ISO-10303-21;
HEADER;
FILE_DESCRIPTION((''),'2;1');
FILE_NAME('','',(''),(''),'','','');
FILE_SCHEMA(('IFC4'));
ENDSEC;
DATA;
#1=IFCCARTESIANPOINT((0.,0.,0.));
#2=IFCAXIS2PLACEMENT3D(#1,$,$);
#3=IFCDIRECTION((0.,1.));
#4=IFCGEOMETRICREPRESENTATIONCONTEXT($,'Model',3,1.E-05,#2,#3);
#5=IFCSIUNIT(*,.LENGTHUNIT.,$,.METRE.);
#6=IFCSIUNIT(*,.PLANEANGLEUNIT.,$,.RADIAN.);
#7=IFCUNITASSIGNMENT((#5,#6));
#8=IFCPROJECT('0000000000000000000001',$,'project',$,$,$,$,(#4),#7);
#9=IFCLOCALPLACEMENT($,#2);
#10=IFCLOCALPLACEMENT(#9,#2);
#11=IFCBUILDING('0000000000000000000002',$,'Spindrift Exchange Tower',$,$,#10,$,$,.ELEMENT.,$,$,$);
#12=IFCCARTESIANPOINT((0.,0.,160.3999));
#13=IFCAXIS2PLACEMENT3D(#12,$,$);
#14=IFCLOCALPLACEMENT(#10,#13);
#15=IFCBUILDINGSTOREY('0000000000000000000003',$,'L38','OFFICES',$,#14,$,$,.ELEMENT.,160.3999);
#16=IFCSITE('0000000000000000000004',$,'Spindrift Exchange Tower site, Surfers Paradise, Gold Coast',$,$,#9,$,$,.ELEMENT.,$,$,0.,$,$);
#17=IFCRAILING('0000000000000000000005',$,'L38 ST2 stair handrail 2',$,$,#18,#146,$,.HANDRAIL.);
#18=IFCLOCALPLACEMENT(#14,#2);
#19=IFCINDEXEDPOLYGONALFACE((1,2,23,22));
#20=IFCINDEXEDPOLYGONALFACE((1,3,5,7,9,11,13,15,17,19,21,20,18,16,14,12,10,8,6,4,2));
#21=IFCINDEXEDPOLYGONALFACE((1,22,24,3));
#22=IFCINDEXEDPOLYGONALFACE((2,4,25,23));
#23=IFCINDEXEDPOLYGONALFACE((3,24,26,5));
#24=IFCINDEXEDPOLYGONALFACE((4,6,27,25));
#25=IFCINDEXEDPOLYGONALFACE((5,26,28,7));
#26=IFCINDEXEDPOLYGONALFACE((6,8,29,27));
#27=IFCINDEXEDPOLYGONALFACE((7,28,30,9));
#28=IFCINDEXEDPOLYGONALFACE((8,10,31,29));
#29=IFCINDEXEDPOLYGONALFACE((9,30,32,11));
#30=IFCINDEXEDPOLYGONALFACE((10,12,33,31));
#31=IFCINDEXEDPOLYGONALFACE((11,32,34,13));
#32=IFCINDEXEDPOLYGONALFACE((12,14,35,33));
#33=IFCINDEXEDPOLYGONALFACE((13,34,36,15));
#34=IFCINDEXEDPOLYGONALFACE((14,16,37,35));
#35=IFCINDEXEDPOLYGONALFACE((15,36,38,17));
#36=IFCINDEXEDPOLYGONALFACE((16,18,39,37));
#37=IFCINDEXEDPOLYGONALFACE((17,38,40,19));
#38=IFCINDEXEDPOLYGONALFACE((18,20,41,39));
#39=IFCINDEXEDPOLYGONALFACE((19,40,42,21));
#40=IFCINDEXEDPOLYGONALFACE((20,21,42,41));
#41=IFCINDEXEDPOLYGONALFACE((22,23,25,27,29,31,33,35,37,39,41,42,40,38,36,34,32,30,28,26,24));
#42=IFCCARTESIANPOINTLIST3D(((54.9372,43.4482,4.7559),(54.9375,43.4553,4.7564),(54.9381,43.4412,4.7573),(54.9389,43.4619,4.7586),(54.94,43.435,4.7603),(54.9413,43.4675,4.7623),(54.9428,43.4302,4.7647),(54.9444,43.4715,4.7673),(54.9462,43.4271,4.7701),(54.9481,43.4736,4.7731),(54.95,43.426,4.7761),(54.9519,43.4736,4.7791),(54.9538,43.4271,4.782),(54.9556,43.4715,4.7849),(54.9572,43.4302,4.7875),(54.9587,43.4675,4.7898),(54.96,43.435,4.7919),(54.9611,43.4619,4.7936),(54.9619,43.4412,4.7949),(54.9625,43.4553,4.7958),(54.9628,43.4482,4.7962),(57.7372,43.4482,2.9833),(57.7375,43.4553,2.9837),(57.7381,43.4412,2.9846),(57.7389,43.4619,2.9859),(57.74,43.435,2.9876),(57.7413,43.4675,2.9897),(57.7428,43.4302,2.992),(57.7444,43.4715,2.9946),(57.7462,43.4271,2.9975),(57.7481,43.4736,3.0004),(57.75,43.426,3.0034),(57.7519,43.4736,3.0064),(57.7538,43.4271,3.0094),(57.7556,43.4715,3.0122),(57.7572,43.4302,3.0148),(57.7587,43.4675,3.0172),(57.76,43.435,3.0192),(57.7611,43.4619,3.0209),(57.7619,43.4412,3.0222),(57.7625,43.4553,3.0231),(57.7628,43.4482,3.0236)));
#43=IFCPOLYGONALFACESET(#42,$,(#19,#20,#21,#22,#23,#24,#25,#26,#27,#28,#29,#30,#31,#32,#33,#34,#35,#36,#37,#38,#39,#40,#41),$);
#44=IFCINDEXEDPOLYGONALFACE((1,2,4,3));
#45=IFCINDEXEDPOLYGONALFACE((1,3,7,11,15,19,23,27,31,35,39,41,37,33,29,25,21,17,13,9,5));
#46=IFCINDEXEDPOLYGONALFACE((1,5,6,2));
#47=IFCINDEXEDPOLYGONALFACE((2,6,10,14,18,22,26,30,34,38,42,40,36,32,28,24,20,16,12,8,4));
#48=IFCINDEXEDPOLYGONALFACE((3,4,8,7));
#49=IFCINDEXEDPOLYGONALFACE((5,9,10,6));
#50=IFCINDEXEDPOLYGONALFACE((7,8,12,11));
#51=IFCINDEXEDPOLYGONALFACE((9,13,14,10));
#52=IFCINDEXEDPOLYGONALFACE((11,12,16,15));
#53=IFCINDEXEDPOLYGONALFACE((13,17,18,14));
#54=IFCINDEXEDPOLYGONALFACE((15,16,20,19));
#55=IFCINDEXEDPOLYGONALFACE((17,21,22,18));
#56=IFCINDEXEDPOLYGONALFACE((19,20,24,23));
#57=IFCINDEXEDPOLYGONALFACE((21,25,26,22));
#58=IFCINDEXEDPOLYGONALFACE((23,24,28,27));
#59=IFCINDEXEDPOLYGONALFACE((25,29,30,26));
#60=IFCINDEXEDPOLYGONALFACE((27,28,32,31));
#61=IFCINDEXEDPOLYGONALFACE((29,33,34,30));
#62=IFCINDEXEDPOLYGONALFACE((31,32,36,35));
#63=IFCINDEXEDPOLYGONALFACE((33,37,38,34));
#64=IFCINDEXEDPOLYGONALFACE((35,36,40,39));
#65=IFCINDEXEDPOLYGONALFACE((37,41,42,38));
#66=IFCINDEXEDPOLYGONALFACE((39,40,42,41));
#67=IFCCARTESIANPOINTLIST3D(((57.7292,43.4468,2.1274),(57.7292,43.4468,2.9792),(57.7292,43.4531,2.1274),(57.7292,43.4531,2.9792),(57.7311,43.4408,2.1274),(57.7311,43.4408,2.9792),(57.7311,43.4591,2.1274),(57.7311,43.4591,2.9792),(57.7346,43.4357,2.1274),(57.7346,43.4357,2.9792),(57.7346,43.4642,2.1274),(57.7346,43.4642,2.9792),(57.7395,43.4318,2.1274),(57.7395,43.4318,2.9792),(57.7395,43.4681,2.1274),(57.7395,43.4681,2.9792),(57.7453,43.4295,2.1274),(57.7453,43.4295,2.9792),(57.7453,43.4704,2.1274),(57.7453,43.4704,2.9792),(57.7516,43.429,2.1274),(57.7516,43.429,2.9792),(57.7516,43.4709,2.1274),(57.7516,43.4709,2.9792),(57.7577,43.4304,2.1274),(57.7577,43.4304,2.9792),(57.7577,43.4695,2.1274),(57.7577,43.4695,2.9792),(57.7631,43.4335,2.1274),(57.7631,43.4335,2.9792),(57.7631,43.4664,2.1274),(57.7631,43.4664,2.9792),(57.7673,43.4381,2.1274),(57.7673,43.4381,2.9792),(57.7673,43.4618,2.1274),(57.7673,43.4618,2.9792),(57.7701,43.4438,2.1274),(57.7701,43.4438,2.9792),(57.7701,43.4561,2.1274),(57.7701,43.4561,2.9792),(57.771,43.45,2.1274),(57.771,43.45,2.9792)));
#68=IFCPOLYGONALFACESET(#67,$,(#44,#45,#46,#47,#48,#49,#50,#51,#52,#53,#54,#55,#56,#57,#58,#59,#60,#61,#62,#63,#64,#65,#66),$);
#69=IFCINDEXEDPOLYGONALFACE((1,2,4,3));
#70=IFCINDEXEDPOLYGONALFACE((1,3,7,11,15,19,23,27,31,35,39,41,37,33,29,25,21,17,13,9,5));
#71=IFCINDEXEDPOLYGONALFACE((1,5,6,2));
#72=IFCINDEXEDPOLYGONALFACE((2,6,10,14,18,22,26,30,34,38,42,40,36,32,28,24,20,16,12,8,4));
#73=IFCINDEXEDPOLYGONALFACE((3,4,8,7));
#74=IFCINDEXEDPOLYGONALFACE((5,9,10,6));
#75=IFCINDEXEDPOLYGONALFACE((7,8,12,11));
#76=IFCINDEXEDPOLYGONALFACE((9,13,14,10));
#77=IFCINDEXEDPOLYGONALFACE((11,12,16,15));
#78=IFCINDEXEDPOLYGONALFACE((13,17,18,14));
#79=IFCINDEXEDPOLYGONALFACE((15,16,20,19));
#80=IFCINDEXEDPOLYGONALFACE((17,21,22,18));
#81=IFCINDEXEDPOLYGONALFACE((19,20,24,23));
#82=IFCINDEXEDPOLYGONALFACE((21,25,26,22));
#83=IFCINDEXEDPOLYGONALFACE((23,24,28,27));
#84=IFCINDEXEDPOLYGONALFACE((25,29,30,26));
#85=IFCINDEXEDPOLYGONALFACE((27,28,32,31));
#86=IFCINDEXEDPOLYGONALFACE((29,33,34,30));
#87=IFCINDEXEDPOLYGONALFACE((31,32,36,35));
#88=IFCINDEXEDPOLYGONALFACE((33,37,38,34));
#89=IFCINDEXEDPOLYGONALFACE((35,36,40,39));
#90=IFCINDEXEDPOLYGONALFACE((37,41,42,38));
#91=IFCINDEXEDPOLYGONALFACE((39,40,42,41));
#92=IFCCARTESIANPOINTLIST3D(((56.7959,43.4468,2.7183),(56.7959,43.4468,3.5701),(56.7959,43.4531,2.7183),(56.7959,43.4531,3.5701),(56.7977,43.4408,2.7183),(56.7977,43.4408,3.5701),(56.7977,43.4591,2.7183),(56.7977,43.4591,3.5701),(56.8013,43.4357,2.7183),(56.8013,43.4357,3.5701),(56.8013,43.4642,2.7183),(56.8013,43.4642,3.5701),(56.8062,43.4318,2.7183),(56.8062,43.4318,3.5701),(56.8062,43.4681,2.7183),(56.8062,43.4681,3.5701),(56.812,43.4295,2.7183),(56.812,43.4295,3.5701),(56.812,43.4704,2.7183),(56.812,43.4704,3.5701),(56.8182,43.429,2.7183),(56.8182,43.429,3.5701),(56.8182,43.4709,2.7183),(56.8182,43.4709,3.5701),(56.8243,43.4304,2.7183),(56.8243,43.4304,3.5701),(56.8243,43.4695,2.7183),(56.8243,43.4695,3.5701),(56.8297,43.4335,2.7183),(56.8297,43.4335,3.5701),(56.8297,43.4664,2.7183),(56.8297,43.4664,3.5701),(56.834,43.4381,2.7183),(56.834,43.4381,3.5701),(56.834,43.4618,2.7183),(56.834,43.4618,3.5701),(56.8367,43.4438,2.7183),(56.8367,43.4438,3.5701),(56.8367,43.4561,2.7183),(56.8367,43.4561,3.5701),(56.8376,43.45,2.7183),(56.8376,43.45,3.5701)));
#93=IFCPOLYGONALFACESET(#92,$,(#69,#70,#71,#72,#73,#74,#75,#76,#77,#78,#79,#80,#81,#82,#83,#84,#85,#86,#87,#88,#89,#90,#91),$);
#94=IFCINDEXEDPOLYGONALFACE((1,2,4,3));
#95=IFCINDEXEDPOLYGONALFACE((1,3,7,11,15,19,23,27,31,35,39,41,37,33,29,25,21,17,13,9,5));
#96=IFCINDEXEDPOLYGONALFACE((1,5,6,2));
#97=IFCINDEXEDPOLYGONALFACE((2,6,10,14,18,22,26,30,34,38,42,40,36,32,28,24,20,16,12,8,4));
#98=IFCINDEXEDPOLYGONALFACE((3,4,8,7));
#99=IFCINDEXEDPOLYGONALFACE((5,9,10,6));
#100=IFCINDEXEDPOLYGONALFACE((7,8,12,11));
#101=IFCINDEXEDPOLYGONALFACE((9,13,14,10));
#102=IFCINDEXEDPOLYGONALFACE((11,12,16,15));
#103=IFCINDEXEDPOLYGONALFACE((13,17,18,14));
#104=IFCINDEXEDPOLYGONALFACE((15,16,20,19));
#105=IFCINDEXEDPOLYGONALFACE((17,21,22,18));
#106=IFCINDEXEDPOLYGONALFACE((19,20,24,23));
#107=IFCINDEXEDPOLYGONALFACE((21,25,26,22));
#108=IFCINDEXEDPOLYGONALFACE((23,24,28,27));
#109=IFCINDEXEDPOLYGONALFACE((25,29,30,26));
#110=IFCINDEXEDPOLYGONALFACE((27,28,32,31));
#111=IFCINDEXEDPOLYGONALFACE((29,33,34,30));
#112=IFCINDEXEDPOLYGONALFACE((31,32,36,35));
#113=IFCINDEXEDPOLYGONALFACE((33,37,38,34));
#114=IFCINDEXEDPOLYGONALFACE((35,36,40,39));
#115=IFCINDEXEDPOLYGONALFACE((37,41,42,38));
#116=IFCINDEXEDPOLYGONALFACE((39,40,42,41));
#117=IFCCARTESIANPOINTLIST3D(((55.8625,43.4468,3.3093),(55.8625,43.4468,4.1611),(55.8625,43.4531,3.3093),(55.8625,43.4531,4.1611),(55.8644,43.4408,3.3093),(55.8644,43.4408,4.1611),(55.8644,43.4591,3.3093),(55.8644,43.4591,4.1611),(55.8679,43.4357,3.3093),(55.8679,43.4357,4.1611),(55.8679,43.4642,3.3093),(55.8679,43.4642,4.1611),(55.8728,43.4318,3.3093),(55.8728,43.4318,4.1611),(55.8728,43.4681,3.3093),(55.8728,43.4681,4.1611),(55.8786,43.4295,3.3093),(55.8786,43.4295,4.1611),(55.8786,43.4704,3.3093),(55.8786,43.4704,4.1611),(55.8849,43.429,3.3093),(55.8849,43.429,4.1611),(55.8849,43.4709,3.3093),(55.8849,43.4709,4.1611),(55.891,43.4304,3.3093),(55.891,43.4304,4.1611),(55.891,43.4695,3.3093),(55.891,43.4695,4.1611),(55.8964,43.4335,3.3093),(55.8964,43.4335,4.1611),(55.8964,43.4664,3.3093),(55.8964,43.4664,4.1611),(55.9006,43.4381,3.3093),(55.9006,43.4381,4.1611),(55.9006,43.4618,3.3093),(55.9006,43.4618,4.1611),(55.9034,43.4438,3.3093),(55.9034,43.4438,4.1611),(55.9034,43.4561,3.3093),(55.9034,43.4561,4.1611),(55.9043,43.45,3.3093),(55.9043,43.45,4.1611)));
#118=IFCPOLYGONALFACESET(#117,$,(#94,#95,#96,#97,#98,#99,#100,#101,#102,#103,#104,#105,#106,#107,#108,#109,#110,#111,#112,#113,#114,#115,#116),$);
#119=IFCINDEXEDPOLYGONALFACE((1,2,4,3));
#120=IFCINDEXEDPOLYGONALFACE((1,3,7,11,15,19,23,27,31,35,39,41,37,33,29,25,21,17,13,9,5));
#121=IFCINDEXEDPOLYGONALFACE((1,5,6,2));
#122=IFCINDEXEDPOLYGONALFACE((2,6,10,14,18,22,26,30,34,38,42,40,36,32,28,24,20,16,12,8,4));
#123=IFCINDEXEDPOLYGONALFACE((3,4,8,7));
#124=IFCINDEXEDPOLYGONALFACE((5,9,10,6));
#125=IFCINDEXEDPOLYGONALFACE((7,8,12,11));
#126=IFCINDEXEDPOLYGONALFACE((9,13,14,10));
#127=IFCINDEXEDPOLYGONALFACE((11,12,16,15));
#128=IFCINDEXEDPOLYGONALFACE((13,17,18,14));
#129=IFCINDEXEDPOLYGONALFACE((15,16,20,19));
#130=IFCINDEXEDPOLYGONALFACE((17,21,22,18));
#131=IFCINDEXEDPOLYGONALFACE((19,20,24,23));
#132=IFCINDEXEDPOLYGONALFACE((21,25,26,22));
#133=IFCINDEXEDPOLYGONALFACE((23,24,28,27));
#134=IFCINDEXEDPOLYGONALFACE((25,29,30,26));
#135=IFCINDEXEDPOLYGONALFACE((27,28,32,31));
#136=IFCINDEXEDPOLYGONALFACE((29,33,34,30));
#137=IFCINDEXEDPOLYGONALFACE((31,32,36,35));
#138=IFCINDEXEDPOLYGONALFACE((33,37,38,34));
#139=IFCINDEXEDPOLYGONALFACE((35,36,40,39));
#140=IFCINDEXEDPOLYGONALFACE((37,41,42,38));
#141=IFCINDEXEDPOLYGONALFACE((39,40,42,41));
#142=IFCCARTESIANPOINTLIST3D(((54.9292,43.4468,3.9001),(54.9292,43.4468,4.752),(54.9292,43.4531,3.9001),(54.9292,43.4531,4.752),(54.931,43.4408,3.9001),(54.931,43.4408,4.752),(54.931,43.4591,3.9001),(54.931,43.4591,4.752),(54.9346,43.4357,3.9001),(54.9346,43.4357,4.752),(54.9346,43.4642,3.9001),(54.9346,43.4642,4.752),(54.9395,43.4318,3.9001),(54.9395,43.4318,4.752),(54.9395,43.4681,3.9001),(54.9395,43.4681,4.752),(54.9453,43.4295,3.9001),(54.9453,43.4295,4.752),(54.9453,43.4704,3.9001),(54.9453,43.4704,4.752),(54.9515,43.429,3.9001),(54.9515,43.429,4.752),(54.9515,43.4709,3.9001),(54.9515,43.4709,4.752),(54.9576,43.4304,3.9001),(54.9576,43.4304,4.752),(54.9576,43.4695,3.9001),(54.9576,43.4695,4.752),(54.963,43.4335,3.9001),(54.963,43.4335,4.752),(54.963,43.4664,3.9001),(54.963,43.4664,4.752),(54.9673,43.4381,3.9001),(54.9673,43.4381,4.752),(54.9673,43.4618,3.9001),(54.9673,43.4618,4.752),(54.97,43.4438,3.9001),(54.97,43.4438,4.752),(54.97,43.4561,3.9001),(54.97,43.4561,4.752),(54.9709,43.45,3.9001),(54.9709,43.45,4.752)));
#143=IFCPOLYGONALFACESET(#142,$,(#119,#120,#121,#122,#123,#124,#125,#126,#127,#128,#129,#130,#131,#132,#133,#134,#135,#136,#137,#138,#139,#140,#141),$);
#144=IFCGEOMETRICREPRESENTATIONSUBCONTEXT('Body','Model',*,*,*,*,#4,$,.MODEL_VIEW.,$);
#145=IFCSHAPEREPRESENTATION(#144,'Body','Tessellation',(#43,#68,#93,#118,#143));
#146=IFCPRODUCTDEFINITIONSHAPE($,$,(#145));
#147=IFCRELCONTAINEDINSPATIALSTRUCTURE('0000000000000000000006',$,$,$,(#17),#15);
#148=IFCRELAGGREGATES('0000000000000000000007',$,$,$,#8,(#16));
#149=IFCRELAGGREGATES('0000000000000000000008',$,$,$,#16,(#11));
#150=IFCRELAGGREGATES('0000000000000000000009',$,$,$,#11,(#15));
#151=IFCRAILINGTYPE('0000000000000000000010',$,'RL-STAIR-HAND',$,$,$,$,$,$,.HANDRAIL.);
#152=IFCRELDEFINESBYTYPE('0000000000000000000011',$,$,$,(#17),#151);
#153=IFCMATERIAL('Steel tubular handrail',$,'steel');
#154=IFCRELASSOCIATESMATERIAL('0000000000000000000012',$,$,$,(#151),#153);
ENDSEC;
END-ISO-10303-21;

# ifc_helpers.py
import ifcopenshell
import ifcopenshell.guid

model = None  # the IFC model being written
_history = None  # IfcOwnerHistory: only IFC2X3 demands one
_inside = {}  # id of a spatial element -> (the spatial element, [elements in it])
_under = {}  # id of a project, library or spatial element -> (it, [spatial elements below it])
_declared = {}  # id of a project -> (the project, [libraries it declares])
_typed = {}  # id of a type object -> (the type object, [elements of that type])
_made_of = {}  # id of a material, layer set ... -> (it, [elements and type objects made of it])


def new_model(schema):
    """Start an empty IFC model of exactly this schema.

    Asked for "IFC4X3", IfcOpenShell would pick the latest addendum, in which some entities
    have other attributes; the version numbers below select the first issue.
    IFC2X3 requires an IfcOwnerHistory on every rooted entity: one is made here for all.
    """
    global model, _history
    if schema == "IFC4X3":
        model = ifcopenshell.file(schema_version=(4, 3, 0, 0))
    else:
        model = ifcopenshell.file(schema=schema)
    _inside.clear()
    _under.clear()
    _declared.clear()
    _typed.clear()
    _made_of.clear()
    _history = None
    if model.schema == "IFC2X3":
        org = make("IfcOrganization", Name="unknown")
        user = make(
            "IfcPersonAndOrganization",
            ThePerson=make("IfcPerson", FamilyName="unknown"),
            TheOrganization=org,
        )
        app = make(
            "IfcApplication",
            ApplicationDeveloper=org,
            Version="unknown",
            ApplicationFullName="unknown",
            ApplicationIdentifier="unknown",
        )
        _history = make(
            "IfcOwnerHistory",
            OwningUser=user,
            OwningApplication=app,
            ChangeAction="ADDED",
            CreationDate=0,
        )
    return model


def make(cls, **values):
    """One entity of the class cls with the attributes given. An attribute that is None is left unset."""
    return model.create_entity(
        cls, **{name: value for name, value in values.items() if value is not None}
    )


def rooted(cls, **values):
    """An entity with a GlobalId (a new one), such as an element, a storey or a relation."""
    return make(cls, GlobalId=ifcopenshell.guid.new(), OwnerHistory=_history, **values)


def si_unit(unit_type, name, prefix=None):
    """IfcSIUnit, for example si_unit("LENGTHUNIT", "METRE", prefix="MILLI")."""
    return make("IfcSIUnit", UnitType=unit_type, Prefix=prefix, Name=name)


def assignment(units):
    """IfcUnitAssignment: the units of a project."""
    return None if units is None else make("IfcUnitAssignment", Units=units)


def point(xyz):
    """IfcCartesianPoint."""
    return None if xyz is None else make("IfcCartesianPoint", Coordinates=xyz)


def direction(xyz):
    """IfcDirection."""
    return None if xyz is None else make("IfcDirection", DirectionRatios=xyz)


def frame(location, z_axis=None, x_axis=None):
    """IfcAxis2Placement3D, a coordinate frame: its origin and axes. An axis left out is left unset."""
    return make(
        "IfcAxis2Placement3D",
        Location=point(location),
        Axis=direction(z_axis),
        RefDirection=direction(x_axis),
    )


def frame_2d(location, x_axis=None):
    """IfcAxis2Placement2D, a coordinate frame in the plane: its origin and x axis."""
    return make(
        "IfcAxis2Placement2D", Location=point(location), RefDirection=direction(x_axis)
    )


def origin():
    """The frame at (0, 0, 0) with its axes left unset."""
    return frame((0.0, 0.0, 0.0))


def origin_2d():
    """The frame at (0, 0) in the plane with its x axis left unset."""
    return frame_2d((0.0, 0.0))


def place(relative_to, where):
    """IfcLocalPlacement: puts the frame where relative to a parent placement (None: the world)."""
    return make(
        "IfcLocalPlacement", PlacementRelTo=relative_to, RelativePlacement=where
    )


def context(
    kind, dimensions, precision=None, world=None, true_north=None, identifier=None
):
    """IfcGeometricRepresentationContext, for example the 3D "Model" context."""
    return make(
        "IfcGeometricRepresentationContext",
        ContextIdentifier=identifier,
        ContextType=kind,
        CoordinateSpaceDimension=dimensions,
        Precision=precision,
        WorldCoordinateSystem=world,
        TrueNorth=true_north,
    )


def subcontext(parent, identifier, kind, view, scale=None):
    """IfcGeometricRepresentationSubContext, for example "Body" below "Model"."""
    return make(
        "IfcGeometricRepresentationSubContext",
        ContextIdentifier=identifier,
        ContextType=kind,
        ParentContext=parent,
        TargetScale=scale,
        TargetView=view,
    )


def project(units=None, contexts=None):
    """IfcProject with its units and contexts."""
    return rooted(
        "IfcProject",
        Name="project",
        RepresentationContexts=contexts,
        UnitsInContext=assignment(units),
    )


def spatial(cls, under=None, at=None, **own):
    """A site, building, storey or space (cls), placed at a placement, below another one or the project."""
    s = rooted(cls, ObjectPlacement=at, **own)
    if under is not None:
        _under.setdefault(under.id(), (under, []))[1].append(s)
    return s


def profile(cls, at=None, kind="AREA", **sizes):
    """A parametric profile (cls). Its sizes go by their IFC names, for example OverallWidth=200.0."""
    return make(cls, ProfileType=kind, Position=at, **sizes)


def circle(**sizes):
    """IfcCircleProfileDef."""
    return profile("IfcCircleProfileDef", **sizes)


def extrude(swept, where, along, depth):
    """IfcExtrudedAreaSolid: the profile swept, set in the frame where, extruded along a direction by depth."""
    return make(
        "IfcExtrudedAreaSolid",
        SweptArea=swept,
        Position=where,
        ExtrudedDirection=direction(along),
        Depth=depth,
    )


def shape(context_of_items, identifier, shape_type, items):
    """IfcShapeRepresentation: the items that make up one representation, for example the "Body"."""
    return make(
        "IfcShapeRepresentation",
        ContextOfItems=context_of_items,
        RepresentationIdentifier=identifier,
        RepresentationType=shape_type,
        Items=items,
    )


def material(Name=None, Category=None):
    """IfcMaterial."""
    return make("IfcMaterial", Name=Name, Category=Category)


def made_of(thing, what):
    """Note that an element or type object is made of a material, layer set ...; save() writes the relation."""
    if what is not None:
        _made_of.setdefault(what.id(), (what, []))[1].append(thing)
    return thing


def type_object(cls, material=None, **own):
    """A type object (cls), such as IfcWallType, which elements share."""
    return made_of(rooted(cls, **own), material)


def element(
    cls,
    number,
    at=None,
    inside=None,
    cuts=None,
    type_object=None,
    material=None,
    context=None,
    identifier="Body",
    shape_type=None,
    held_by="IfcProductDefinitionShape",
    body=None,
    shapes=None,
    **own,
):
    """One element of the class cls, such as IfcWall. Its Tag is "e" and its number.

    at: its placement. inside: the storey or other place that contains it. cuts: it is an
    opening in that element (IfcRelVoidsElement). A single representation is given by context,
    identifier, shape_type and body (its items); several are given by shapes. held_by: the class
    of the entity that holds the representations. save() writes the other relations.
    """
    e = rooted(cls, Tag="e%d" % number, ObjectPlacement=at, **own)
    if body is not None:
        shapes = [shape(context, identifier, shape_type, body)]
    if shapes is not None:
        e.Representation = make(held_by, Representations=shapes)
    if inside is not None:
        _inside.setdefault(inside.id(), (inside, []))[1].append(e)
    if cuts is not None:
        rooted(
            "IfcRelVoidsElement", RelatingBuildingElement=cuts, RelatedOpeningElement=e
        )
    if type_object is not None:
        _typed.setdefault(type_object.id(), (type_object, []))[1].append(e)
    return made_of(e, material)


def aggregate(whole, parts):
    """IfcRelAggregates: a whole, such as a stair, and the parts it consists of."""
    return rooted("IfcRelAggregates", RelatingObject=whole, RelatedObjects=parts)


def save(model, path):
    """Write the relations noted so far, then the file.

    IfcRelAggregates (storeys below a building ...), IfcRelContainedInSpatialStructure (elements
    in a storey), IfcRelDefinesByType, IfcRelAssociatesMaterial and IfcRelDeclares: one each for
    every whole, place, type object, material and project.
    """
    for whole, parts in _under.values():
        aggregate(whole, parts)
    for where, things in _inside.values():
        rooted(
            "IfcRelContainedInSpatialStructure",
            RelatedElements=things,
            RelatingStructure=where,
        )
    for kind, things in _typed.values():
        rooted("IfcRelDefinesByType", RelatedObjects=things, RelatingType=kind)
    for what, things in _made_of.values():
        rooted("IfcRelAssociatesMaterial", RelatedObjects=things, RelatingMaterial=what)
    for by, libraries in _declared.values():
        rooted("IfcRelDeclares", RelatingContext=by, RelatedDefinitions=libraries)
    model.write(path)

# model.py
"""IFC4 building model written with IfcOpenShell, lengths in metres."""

from ifc_helpers import new_model, si_unit, direction, frame, origin, origin_2d, place, context, subcontext, project, spatial, circle, extrude, material, type_object, element, save


model = new_model("IFC4")

# Units and contexts
model_context = context("Model", 3, precision=1e-05, world=origin(), true_north=direction((0.0, 1.0)))
body_context = subcontext(model_context, "Body", "Model", "MODEL_VIEW")
ifc_project = project(units=[si_unit("LENGTHUNIT", "METRE"), si_unit("PLANEANGLEUNIT", "RADIAN")], contexts=[model_context])

# Site, building, storey
site_placement = place(None, origin())
site = spatial("IfcSite", under=ifc_project, at=site_placement, Name="Spindrift Exchange Tower site, Surfers Paradise, Gold Coast", CompositionType="ELEMENT", RefElevation=0.0)
building_placement = place(site_placement, origin())
building = spatial("IfcBuilding", under=site, at=building_placement, Name="Spindrift Exchange Tower", CompositionType="ELEMENT")
storey_placement = place(building_placement, frame((0.0, 0.0, 160.3999)))
storey = spatial("IfcBuildingStorey", under=building, at=storey_placement, Name="L38", Description="OFFICES", CompositionType="ELEMENT", Elevation=160.3999)

# Railing
ifc_material_1 = material(Name="Steel tubular handrail", Category="steel")
railing_type_1 = type_object("IfcRailingType", Name="RL-STAIR-HAND", PredefinedType="HANDRAIL", material=ifc_material_1)
railing_1_placement = place(storey_placement, frame((57.75, 43.45, 2.1274)))
element("IfcRailing", 1, at=railing_1_placement, inside=storey, type_object=railing_type_1, Name="L38 ST2 stair handrail 2", PredefinedType="HANDRAIL", context=body_context, shape_type="SweptSolid", body=[
    extrude(circle(Radius=0.0239, at=origin_2d()), frame((0.0, 0.0, 0.876), z_axis=(-0.844909, 0.0, 0.53491), x_axis=(0.0, -1.0, 0.0)), (0.0, 0.0, 1.0), 3.314),
    extrude(circle(Radius=0.021, at=origin_2d()), origin(), (0.0, 0.0, 1.0), 0.8518),
    extrude(circle(Radius=0.021, at=origin_2d()), frame((-0.9333, 0.0, 0.5908)), (0.0, 0.0, 1.0), 0.8518),
    extrude(circle(Radius=0.021, at=origin_2d()), frame((-1.8667, 0.0, 1.1819)), (0.0, 0.0, 1.0), 0.8518),
    extrude(circle(Radius=0.021, at=origin_2d()), frame((-2.8, 0.0, 1.7727)), (0.0, 0.0, 1.0), 0.8518),
])

save(model, "model.ifc")
